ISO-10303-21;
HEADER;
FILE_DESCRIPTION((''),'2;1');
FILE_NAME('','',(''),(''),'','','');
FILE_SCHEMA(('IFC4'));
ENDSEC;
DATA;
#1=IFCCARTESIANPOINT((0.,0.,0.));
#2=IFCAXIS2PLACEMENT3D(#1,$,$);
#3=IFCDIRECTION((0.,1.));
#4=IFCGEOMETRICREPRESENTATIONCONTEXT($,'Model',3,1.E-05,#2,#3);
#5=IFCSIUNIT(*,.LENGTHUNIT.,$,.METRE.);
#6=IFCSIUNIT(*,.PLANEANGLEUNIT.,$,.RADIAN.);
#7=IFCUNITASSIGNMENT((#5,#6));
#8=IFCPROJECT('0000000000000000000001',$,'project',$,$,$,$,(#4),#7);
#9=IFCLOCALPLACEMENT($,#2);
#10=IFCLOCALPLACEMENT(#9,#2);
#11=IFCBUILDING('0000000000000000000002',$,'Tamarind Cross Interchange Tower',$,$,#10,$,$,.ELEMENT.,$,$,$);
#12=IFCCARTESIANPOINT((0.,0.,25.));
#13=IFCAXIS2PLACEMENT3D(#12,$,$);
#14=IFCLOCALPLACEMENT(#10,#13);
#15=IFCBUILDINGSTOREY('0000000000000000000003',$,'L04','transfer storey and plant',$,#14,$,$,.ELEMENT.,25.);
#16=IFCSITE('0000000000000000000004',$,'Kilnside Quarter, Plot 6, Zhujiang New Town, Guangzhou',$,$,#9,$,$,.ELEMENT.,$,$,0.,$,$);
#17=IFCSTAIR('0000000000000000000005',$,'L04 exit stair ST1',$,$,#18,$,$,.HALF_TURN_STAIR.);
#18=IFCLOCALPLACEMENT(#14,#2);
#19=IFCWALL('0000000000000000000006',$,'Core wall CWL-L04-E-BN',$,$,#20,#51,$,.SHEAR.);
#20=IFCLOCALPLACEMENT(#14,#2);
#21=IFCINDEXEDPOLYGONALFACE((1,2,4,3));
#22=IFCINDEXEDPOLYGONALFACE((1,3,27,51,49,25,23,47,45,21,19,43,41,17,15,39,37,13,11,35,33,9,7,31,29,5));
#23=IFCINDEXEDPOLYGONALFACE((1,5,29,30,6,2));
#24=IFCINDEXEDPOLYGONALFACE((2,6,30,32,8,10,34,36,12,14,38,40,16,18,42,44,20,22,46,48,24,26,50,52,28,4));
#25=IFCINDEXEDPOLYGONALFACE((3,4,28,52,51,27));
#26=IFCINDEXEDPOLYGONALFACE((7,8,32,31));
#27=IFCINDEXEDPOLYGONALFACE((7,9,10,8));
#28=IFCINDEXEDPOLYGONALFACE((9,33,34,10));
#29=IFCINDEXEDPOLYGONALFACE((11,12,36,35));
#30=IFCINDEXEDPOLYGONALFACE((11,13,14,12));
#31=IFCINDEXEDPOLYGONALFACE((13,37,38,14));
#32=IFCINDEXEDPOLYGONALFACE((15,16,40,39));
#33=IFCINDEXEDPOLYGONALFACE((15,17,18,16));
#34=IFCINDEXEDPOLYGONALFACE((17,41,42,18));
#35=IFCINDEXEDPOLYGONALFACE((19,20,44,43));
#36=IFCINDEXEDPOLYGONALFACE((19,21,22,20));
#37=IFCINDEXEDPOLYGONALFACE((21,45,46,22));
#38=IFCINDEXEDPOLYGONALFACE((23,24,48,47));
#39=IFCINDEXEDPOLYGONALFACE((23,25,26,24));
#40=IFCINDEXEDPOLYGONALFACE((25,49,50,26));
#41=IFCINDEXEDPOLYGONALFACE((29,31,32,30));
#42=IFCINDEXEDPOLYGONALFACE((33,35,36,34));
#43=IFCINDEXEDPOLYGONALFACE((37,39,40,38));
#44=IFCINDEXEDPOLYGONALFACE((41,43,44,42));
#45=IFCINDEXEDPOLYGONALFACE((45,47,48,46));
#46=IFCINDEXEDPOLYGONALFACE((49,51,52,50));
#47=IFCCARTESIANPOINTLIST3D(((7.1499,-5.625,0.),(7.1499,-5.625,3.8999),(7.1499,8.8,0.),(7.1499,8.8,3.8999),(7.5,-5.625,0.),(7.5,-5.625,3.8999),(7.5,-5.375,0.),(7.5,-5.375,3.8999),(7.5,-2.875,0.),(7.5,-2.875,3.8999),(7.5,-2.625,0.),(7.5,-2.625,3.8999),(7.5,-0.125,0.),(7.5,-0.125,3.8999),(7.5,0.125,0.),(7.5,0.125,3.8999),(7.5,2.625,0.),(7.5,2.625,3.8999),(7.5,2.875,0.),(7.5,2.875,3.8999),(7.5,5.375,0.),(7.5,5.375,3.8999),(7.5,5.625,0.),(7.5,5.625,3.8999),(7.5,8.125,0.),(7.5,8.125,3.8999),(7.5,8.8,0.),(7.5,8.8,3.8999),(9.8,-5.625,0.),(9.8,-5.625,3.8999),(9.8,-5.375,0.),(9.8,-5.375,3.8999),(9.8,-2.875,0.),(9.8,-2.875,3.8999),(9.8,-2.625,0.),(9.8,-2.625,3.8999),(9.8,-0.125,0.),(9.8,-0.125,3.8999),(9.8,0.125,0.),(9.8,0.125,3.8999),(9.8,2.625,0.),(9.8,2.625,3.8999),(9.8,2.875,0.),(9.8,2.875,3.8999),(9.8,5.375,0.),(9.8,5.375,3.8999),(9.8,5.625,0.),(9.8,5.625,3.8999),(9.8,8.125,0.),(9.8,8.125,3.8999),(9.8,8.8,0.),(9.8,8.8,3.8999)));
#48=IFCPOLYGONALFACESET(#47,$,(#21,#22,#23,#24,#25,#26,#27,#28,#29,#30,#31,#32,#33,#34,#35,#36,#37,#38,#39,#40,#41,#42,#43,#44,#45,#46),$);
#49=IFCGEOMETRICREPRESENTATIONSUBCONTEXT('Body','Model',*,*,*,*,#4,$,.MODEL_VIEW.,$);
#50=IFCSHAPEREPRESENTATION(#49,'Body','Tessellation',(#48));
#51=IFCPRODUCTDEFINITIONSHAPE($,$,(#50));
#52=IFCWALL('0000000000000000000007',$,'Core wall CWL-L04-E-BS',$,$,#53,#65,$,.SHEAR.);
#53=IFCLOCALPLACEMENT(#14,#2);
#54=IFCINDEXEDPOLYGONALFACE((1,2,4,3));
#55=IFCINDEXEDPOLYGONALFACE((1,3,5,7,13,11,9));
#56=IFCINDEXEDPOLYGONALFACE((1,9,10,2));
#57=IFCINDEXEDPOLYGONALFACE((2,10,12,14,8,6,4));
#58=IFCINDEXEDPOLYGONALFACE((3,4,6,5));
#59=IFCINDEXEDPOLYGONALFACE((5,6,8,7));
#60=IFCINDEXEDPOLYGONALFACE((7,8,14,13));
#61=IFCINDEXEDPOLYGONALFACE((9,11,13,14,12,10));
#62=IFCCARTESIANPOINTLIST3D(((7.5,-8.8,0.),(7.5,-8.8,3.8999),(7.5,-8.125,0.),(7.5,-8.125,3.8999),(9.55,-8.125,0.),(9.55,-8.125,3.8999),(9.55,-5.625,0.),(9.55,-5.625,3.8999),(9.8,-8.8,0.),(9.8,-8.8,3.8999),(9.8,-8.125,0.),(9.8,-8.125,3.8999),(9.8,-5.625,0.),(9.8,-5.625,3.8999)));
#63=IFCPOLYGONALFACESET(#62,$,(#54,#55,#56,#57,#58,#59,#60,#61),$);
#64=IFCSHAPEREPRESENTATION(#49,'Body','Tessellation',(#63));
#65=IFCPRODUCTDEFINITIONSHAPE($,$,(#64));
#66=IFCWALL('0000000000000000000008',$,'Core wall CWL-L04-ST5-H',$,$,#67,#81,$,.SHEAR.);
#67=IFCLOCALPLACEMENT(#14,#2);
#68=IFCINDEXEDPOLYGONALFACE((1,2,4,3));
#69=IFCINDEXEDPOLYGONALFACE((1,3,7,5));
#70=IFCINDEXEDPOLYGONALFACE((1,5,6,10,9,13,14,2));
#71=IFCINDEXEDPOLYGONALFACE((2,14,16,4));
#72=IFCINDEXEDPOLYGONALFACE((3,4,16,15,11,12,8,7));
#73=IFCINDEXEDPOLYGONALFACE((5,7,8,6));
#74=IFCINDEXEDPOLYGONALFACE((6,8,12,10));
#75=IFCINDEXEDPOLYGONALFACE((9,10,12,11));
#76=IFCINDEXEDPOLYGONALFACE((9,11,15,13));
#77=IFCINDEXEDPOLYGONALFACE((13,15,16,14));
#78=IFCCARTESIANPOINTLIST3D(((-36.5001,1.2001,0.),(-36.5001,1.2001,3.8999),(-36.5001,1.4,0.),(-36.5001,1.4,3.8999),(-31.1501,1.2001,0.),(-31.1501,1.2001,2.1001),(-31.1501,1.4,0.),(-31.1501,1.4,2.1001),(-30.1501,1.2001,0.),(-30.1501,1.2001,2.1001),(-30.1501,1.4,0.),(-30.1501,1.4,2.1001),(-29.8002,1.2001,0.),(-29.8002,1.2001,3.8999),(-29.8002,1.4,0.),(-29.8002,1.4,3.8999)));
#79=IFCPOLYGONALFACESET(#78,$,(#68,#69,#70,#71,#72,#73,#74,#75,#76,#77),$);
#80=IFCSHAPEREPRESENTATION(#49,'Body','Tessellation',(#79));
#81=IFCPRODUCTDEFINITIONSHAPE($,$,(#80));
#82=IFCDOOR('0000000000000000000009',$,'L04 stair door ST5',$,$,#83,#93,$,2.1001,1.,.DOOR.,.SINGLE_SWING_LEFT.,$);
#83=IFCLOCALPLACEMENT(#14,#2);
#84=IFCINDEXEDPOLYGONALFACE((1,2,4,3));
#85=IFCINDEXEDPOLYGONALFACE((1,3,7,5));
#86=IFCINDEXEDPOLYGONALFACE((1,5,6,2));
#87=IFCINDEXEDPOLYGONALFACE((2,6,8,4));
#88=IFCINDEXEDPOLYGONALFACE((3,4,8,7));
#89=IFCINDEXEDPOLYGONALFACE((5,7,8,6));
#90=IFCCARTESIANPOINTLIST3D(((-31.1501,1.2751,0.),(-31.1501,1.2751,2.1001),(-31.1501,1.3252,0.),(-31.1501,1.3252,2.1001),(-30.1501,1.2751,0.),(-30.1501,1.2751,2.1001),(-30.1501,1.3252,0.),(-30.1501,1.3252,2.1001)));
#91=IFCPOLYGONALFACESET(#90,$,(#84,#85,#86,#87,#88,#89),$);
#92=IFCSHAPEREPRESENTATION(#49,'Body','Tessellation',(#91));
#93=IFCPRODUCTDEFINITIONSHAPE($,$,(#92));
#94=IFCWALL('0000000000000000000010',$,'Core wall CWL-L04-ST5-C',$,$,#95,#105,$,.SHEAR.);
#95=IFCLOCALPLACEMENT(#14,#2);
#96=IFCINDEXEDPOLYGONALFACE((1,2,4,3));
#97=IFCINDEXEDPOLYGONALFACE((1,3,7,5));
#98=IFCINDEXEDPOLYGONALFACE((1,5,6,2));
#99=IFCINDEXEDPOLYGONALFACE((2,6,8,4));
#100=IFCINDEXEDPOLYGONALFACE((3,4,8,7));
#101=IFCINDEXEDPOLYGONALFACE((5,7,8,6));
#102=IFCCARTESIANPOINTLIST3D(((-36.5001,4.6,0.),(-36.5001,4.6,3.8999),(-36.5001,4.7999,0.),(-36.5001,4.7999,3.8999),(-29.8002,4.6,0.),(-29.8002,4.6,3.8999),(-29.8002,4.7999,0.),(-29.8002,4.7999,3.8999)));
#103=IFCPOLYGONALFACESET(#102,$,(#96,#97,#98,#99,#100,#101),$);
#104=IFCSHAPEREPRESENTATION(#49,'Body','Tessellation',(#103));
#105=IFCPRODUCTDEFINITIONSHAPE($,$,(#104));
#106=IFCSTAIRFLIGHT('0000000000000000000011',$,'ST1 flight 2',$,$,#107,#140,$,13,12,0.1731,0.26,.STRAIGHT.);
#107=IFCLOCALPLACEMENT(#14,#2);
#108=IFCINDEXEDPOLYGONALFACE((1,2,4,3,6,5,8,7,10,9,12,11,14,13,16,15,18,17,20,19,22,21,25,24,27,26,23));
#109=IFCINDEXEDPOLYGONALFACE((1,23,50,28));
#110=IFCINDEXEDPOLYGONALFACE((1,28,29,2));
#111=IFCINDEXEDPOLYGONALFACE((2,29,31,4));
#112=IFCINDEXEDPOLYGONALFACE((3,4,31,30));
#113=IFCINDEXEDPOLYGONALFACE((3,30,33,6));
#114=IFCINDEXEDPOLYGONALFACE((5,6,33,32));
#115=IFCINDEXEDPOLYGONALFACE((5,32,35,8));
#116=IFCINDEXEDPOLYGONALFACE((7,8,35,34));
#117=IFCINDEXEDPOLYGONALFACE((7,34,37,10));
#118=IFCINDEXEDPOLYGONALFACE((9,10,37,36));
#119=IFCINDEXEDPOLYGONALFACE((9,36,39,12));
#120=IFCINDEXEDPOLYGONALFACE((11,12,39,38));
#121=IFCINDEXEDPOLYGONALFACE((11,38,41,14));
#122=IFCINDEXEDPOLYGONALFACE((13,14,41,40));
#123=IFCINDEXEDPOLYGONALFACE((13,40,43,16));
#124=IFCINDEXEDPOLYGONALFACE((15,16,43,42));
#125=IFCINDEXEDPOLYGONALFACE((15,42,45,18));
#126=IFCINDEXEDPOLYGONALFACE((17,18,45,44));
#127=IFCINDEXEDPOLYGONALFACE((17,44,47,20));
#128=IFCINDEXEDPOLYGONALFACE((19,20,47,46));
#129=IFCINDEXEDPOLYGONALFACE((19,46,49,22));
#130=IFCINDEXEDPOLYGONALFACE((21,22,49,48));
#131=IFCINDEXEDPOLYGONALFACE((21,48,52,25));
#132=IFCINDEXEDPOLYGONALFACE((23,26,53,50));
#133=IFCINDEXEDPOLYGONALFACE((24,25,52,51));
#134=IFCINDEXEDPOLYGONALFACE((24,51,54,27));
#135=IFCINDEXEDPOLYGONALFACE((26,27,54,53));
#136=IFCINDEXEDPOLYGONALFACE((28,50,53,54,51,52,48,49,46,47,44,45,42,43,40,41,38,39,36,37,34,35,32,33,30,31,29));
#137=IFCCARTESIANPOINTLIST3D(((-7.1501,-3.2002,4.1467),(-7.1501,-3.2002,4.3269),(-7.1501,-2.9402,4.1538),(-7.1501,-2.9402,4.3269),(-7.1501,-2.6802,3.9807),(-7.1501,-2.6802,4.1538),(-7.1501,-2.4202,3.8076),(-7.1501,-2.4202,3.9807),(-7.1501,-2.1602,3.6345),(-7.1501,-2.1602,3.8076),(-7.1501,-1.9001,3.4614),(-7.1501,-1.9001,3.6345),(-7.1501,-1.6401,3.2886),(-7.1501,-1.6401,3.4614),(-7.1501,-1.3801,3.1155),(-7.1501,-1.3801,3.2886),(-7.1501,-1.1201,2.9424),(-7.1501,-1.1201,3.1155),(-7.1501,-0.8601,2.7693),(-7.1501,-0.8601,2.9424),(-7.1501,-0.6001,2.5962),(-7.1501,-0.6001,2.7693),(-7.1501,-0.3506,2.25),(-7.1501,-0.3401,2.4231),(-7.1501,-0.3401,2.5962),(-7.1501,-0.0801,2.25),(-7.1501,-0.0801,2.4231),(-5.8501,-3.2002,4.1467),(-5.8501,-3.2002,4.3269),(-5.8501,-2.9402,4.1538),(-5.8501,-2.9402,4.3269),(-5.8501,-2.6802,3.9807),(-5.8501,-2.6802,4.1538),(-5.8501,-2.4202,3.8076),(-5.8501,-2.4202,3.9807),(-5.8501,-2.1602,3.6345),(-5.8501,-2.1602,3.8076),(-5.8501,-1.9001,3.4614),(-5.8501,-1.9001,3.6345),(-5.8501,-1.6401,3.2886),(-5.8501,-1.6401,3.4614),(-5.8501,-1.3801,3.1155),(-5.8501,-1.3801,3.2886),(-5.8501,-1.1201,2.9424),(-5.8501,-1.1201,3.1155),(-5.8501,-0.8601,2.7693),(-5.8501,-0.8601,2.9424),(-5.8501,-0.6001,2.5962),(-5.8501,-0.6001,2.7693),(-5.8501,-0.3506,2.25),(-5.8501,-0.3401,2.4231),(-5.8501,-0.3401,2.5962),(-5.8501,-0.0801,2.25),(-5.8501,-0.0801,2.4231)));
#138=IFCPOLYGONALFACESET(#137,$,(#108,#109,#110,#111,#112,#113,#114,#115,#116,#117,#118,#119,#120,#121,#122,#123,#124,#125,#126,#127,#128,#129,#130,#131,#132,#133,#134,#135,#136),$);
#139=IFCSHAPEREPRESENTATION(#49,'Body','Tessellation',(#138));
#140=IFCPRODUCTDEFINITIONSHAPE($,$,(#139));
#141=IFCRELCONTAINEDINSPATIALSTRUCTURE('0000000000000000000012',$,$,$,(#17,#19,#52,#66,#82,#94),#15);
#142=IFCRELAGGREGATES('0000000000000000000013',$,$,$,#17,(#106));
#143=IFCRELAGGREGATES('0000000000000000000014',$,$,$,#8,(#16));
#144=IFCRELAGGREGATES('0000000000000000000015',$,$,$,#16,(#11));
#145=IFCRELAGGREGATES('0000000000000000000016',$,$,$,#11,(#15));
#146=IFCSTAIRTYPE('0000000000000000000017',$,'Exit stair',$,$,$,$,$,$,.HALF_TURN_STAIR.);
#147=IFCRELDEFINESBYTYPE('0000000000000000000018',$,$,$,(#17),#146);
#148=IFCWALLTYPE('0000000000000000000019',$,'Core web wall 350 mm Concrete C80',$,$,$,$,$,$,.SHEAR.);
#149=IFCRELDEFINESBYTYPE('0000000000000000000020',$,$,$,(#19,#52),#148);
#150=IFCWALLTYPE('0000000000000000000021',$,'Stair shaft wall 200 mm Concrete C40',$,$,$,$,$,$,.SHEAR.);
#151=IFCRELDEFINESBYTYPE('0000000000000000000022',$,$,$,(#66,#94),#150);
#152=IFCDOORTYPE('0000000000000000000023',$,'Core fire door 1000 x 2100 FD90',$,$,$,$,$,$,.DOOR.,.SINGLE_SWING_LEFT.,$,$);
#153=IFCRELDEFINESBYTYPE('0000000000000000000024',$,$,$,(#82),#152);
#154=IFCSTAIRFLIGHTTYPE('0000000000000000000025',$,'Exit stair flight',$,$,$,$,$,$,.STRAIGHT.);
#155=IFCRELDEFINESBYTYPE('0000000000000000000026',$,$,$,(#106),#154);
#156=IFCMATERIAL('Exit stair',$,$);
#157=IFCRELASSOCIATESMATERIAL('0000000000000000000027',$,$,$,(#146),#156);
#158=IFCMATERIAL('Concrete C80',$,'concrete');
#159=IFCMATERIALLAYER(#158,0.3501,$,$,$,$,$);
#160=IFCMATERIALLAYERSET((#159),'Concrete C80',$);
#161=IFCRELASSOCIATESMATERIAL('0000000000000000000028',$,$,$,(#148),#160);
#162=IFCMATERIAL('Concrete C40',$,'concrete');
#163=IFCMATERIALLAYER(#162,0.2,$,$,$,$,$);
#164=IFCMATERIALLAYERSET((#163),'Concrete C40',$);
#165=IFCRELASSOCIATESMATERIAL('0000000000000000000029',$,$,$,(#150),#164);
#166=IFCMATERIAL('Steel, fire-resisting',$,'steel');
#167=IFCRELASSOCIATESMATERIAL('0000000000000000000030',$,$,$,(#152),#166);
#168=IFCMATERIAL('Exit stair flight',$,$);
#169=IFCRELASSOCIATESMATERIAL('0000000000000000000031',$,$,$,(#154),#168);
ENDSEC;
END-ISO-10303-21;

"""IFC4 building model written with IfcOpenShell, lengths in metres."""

from ifc_helpers import new_model, si_unit, direction, frame, frame_2d, origin, place, context, subcontext, project, spatial, polyline, rectangle, outline, extrude, material, layer, layer_set, type_object, element, fill, aggregate, save


model = new_model("IFC4")

# Units and contexts
model_context = context("Model", 3, precision=1e-05, world=origin(), true_north=direction((0.0, 1.0)))
body_context = subcontext(model_context, "Body", "Model", "MODEL_VIEW")
ifc_project = project(units=[si_unit("LENGTHUNIT", "METRE"), si_unit("PLANEANGLEUNIT", "RADIAN")], contexts=[model_context])

# Site, building, storey
site_placement = place(None, origin())
site = spatial("IfcSite", under=ifc_project, at=site_placement, Name="Kilnside Quarter, Plot 6, Zhujiang New Town, Guangzhou", CompositionType="ELEMENT", RefElevation=0.0)
building_placement = place(site_placement, origin())
building = spatial("IfcBuilding", under=site, at=building_placement, Name="Tamarind Cross Interchange Tower", CompositionType="ELEMENT")
storey_placement = place(building_placement, frame((0.0, 0.0, 25.0)))
storey = spatial("IfcBuildingStorey", under=building, at=storey_placement, Name="L04", Description="transfer storey and plant", CompositionType="ELEMENT", Elevation=25.0)

# Shared definitions
ifc_material_1 = material(Name="Concrete C80", Category="concrete")

# Shared definitions
ifc_material_2 = material(Name="Concrete C40", Category="concrete")

# Stair
ifc_material_3 = material(Name="Exit stair")
stair_type = type_object("IfcStairType", Name="Exit stair", PredefinedType="HALF_TURN_STAIR", material=ifc_material_3)
stair_placement = place(storey_placement, origin())
stair = element("IfcStair", 1, at=stair_placement, inside=storey, type_object=stair_type, Name="L04 exit stair ST1", PredefinedType="HALF_TURN_STAIR")

# Walls
ifc_layer_1 = layer(ifc_material_1, 0.3501)
ifc_layer_set_1 = layer_set([ifc_layer_1], Name="Concrete C80")
wall_type_1 = type_object("IfcWallType", Name="Core web wall 350 mm Concrete C80", PredefinedType="SHEAR", material=ifc_layer_set_1)
wall_1_placement = place(storey_placement, origin())
element("IfcWall", 2, at=wall_1_placement, inside=storey, type_object=wall_type_1, Name="Core wall CWL-L04-E-BN", PredefinedType="SHEAR", context=body_context, shape_type="SweptSolid", body=[
    extrude(outline(polyline([(9.8, -5.375), (7.5, -5.375), (7.5, -2.875), (9.8, -2.875), (9.8, -2.625), (7.5, -2.625), (7.5, -0.125), (9.8, -0.125), (9.8, 0.125), (7.5, 0.125), (7.5, 2.625), (9.8, 2.625), (9.8, 2.875), (7.5, 2.875), (7.5, 5.375), (9.8, 5.375), (9.8, 5.625), (7.5, 5.625), (7.5, 8.125), (9.8, 8.125), (9.8, 8.8), (7.5, 8.8), (7.1499, 8.8), (7.1499, -5.625), (7.5, -5.625), (9.8, -5.625), (9.8, -5.375)])), origin(), (0.0, 0.0, 1.0), 3.8999),
])
wall_2_placement = place(storey_placement, origin())
element("IfcWall", 3, at=wall_2_placement, inside=storey, type_object=wall_type_1, Name="Core wall CWL-L04-E-BS", PredefinedType="SHEAR", context=body_context, shape_type="SweptSolid", body=[
    extrude(outline(polyline([(7.5, -8.125), (7.5, -8.8), (9.8, -8.8), (9.8, -8.125), (9.8, -5.625), (9.55, -5.625), (9.55, -8.125), (7.5, -8.125)])), origin(), (0.0, 0.0, 1.0), 3.8999),
])

# Wall, opening, door
ifc_layer_2 = layer(ifc_material_2, 0.2)
ifc_layer_set_2 = layer_set([ifc_layer_2], Name="Concrete C40")
wall_type_2 = type_object("IfcWallType", Name="Stair shaft wall 200 mm Concrete C40", PredefinedType="SHEAR", material=ifc_layer_set_2)
wall_3_placement = place(storey_placement, frame((-29.8, 1.3, 0.0), z_axis=(0.0, 0.0, 1.0), x_axis=(-1.0, 0.0, 0.0)))
wall_3 = element("IfcWall", 4, at=wall_3_placement, inside=storey, type_object=wall_type_2, Name="Core wall CWL-L04-ST5-H", PredefinedType="SHEAR", context=body_context, shape_type="SweptSolid", body=[
    extrude(rectangle(XDim=6.7, YDim=0.2, at=frame_2d((3.3501, 0.0))), origin(), (0.0, 0.0, 1.0), 3.8999),
])
opening_placement = place(wall_3_placement, frame((0.3501, 0.0, 0.0)))
opening = element("IfcOpeningElement", 5, at=opening_placement, cuts=wall_3, PredefinedType="OPENING", context=body_context, shape_type="SweptSolid", body=[
    extrude(rectangle(XDim=1.0, YDim=2.1001, at=frame_2d((0.5, 1.05))), frame((0.0, 0.1099, 0.0), z_axis=(0.0, -1.0, 0.0), x_axis=(1.0, 0.0, 0.0)), (0.0, 0.0, 1.0), 0.22),
])
ifc_material_4 = material(Name="Steel, fire-resisting", Category="steel")
door_type = type_object("IfcDoorType", Name="Core fire door 1000 x 2100 FD90", OperationType="SINGLE_SWING_LEFT", PredefinedType="DOOR", material=ifc_material_4)
door_placement = place(opening_placement, origin())
door = element("IfcDoor", 6, at=door_placement, inside=storey, type_object=door_type, Name="L04 stair door ST5", OperationType="SINGLE_SWING_LEFT", OverallHeight=2.1001, OverallWidth=1.0, PredefinedType="DOOR", context=body_context, shape_type="SweptSolid", body=[
    extrude(rectangle(XDim=1.0, YDim=2.1001, at=frame_2d((0.5, 1.05))), frame((0.0, 0.0249, 0.0), z_axis=(0.0, -1.0, 0.0), x_axis=(1.0, 0.0, 0.0)), (0.0, 0.0, 1.0), 0.05),
])
fill(opening, door)

# Wall
wall_4_placement = place(storey_placement, frame((-29.8, 4.7, 0.0), z_axis=(0.0, 0.0, 1.0), x_axis=(-1.0, 0.0, 0.0)))
element("IfcWall", 7, at=wall_4_placement, inside=storey, type_object=wall_type_2, Name="Core wall CWL-L04-ST5-C", PredefinedType="SHEAR", context=body_context, shape_type="SweptSolid", body=[
    extrude(rectangle(XDim=6.7, YDim=0.2, at=frame_2d((3.3501, 0.0))), origin(), (0.0, 0.0, 1.0), 3.8999),
])

# Stair flight
ifc_material_5 = material(Name="Exit stair flight")
stair_flight_type = type_object("IfcStairFlightType", Name="Exit stair flight", PredefinedType="STRAIGHT", material=ifc_material_5)
stair_flight_placement = place(storey_placement, frame((-6.5, -0.0801, 2.25), z_axis=(0.0, 0.0, 1.0), x_axis=(0.0, -1.0, 0.0)))
stair_flight = element("IfcStairFlight", 8, at=stair_flight_placement, type_object=stair_flight_type, Name="ST1 flight 2", NumberOfRisers=13, NumberOfTreads=12, PredefinedType="STRAIGHT", RiserHeight=0.1731, TreadLength=0.26, context=body_context, shape_type="SweptSolid", body=[
    extrude(outline(polyline([(0.0, 0.0), (0.0, 0.1731), (0.26, 0.1731), (0.26, 0.3462), (0.52, 0.3462), (0.52, 0.5193), (0.78, 0.5193), (0.78, 0.6924), (1.04, 0.6924), (1.04, 0.8655), (1.3, 0.8655), (1.3, 1.0386), (1.5601, 1.0386), (1.5601, 1.2114), (1.8201, 1.2114), (1.8201, 1.3845), (2.0801, 1.3845), (2.0801, 1.5576), (2.3401, 1.5576), (2.3401, 1.7307), (2.6001, 1.7307), (2.6001, 1.9038), (2.8601, 1.9038), (2.8601, 2.0769), (3.1201, 2.0769), (3.1201, 2.25), (3.1201, 1.8967), (0.2705, 0.0), (0.0, 0.0)])), frame((0.0, 0.6499, 0.0), z_axis=(0.0, -1.0, 0.0), x_axis=(1.0, 0.0, 0.0)), (0.0, 0.0, 1.0), 1.3),
])
aggregate(stair, [stair_flight])

save(model, "model.ifc")
